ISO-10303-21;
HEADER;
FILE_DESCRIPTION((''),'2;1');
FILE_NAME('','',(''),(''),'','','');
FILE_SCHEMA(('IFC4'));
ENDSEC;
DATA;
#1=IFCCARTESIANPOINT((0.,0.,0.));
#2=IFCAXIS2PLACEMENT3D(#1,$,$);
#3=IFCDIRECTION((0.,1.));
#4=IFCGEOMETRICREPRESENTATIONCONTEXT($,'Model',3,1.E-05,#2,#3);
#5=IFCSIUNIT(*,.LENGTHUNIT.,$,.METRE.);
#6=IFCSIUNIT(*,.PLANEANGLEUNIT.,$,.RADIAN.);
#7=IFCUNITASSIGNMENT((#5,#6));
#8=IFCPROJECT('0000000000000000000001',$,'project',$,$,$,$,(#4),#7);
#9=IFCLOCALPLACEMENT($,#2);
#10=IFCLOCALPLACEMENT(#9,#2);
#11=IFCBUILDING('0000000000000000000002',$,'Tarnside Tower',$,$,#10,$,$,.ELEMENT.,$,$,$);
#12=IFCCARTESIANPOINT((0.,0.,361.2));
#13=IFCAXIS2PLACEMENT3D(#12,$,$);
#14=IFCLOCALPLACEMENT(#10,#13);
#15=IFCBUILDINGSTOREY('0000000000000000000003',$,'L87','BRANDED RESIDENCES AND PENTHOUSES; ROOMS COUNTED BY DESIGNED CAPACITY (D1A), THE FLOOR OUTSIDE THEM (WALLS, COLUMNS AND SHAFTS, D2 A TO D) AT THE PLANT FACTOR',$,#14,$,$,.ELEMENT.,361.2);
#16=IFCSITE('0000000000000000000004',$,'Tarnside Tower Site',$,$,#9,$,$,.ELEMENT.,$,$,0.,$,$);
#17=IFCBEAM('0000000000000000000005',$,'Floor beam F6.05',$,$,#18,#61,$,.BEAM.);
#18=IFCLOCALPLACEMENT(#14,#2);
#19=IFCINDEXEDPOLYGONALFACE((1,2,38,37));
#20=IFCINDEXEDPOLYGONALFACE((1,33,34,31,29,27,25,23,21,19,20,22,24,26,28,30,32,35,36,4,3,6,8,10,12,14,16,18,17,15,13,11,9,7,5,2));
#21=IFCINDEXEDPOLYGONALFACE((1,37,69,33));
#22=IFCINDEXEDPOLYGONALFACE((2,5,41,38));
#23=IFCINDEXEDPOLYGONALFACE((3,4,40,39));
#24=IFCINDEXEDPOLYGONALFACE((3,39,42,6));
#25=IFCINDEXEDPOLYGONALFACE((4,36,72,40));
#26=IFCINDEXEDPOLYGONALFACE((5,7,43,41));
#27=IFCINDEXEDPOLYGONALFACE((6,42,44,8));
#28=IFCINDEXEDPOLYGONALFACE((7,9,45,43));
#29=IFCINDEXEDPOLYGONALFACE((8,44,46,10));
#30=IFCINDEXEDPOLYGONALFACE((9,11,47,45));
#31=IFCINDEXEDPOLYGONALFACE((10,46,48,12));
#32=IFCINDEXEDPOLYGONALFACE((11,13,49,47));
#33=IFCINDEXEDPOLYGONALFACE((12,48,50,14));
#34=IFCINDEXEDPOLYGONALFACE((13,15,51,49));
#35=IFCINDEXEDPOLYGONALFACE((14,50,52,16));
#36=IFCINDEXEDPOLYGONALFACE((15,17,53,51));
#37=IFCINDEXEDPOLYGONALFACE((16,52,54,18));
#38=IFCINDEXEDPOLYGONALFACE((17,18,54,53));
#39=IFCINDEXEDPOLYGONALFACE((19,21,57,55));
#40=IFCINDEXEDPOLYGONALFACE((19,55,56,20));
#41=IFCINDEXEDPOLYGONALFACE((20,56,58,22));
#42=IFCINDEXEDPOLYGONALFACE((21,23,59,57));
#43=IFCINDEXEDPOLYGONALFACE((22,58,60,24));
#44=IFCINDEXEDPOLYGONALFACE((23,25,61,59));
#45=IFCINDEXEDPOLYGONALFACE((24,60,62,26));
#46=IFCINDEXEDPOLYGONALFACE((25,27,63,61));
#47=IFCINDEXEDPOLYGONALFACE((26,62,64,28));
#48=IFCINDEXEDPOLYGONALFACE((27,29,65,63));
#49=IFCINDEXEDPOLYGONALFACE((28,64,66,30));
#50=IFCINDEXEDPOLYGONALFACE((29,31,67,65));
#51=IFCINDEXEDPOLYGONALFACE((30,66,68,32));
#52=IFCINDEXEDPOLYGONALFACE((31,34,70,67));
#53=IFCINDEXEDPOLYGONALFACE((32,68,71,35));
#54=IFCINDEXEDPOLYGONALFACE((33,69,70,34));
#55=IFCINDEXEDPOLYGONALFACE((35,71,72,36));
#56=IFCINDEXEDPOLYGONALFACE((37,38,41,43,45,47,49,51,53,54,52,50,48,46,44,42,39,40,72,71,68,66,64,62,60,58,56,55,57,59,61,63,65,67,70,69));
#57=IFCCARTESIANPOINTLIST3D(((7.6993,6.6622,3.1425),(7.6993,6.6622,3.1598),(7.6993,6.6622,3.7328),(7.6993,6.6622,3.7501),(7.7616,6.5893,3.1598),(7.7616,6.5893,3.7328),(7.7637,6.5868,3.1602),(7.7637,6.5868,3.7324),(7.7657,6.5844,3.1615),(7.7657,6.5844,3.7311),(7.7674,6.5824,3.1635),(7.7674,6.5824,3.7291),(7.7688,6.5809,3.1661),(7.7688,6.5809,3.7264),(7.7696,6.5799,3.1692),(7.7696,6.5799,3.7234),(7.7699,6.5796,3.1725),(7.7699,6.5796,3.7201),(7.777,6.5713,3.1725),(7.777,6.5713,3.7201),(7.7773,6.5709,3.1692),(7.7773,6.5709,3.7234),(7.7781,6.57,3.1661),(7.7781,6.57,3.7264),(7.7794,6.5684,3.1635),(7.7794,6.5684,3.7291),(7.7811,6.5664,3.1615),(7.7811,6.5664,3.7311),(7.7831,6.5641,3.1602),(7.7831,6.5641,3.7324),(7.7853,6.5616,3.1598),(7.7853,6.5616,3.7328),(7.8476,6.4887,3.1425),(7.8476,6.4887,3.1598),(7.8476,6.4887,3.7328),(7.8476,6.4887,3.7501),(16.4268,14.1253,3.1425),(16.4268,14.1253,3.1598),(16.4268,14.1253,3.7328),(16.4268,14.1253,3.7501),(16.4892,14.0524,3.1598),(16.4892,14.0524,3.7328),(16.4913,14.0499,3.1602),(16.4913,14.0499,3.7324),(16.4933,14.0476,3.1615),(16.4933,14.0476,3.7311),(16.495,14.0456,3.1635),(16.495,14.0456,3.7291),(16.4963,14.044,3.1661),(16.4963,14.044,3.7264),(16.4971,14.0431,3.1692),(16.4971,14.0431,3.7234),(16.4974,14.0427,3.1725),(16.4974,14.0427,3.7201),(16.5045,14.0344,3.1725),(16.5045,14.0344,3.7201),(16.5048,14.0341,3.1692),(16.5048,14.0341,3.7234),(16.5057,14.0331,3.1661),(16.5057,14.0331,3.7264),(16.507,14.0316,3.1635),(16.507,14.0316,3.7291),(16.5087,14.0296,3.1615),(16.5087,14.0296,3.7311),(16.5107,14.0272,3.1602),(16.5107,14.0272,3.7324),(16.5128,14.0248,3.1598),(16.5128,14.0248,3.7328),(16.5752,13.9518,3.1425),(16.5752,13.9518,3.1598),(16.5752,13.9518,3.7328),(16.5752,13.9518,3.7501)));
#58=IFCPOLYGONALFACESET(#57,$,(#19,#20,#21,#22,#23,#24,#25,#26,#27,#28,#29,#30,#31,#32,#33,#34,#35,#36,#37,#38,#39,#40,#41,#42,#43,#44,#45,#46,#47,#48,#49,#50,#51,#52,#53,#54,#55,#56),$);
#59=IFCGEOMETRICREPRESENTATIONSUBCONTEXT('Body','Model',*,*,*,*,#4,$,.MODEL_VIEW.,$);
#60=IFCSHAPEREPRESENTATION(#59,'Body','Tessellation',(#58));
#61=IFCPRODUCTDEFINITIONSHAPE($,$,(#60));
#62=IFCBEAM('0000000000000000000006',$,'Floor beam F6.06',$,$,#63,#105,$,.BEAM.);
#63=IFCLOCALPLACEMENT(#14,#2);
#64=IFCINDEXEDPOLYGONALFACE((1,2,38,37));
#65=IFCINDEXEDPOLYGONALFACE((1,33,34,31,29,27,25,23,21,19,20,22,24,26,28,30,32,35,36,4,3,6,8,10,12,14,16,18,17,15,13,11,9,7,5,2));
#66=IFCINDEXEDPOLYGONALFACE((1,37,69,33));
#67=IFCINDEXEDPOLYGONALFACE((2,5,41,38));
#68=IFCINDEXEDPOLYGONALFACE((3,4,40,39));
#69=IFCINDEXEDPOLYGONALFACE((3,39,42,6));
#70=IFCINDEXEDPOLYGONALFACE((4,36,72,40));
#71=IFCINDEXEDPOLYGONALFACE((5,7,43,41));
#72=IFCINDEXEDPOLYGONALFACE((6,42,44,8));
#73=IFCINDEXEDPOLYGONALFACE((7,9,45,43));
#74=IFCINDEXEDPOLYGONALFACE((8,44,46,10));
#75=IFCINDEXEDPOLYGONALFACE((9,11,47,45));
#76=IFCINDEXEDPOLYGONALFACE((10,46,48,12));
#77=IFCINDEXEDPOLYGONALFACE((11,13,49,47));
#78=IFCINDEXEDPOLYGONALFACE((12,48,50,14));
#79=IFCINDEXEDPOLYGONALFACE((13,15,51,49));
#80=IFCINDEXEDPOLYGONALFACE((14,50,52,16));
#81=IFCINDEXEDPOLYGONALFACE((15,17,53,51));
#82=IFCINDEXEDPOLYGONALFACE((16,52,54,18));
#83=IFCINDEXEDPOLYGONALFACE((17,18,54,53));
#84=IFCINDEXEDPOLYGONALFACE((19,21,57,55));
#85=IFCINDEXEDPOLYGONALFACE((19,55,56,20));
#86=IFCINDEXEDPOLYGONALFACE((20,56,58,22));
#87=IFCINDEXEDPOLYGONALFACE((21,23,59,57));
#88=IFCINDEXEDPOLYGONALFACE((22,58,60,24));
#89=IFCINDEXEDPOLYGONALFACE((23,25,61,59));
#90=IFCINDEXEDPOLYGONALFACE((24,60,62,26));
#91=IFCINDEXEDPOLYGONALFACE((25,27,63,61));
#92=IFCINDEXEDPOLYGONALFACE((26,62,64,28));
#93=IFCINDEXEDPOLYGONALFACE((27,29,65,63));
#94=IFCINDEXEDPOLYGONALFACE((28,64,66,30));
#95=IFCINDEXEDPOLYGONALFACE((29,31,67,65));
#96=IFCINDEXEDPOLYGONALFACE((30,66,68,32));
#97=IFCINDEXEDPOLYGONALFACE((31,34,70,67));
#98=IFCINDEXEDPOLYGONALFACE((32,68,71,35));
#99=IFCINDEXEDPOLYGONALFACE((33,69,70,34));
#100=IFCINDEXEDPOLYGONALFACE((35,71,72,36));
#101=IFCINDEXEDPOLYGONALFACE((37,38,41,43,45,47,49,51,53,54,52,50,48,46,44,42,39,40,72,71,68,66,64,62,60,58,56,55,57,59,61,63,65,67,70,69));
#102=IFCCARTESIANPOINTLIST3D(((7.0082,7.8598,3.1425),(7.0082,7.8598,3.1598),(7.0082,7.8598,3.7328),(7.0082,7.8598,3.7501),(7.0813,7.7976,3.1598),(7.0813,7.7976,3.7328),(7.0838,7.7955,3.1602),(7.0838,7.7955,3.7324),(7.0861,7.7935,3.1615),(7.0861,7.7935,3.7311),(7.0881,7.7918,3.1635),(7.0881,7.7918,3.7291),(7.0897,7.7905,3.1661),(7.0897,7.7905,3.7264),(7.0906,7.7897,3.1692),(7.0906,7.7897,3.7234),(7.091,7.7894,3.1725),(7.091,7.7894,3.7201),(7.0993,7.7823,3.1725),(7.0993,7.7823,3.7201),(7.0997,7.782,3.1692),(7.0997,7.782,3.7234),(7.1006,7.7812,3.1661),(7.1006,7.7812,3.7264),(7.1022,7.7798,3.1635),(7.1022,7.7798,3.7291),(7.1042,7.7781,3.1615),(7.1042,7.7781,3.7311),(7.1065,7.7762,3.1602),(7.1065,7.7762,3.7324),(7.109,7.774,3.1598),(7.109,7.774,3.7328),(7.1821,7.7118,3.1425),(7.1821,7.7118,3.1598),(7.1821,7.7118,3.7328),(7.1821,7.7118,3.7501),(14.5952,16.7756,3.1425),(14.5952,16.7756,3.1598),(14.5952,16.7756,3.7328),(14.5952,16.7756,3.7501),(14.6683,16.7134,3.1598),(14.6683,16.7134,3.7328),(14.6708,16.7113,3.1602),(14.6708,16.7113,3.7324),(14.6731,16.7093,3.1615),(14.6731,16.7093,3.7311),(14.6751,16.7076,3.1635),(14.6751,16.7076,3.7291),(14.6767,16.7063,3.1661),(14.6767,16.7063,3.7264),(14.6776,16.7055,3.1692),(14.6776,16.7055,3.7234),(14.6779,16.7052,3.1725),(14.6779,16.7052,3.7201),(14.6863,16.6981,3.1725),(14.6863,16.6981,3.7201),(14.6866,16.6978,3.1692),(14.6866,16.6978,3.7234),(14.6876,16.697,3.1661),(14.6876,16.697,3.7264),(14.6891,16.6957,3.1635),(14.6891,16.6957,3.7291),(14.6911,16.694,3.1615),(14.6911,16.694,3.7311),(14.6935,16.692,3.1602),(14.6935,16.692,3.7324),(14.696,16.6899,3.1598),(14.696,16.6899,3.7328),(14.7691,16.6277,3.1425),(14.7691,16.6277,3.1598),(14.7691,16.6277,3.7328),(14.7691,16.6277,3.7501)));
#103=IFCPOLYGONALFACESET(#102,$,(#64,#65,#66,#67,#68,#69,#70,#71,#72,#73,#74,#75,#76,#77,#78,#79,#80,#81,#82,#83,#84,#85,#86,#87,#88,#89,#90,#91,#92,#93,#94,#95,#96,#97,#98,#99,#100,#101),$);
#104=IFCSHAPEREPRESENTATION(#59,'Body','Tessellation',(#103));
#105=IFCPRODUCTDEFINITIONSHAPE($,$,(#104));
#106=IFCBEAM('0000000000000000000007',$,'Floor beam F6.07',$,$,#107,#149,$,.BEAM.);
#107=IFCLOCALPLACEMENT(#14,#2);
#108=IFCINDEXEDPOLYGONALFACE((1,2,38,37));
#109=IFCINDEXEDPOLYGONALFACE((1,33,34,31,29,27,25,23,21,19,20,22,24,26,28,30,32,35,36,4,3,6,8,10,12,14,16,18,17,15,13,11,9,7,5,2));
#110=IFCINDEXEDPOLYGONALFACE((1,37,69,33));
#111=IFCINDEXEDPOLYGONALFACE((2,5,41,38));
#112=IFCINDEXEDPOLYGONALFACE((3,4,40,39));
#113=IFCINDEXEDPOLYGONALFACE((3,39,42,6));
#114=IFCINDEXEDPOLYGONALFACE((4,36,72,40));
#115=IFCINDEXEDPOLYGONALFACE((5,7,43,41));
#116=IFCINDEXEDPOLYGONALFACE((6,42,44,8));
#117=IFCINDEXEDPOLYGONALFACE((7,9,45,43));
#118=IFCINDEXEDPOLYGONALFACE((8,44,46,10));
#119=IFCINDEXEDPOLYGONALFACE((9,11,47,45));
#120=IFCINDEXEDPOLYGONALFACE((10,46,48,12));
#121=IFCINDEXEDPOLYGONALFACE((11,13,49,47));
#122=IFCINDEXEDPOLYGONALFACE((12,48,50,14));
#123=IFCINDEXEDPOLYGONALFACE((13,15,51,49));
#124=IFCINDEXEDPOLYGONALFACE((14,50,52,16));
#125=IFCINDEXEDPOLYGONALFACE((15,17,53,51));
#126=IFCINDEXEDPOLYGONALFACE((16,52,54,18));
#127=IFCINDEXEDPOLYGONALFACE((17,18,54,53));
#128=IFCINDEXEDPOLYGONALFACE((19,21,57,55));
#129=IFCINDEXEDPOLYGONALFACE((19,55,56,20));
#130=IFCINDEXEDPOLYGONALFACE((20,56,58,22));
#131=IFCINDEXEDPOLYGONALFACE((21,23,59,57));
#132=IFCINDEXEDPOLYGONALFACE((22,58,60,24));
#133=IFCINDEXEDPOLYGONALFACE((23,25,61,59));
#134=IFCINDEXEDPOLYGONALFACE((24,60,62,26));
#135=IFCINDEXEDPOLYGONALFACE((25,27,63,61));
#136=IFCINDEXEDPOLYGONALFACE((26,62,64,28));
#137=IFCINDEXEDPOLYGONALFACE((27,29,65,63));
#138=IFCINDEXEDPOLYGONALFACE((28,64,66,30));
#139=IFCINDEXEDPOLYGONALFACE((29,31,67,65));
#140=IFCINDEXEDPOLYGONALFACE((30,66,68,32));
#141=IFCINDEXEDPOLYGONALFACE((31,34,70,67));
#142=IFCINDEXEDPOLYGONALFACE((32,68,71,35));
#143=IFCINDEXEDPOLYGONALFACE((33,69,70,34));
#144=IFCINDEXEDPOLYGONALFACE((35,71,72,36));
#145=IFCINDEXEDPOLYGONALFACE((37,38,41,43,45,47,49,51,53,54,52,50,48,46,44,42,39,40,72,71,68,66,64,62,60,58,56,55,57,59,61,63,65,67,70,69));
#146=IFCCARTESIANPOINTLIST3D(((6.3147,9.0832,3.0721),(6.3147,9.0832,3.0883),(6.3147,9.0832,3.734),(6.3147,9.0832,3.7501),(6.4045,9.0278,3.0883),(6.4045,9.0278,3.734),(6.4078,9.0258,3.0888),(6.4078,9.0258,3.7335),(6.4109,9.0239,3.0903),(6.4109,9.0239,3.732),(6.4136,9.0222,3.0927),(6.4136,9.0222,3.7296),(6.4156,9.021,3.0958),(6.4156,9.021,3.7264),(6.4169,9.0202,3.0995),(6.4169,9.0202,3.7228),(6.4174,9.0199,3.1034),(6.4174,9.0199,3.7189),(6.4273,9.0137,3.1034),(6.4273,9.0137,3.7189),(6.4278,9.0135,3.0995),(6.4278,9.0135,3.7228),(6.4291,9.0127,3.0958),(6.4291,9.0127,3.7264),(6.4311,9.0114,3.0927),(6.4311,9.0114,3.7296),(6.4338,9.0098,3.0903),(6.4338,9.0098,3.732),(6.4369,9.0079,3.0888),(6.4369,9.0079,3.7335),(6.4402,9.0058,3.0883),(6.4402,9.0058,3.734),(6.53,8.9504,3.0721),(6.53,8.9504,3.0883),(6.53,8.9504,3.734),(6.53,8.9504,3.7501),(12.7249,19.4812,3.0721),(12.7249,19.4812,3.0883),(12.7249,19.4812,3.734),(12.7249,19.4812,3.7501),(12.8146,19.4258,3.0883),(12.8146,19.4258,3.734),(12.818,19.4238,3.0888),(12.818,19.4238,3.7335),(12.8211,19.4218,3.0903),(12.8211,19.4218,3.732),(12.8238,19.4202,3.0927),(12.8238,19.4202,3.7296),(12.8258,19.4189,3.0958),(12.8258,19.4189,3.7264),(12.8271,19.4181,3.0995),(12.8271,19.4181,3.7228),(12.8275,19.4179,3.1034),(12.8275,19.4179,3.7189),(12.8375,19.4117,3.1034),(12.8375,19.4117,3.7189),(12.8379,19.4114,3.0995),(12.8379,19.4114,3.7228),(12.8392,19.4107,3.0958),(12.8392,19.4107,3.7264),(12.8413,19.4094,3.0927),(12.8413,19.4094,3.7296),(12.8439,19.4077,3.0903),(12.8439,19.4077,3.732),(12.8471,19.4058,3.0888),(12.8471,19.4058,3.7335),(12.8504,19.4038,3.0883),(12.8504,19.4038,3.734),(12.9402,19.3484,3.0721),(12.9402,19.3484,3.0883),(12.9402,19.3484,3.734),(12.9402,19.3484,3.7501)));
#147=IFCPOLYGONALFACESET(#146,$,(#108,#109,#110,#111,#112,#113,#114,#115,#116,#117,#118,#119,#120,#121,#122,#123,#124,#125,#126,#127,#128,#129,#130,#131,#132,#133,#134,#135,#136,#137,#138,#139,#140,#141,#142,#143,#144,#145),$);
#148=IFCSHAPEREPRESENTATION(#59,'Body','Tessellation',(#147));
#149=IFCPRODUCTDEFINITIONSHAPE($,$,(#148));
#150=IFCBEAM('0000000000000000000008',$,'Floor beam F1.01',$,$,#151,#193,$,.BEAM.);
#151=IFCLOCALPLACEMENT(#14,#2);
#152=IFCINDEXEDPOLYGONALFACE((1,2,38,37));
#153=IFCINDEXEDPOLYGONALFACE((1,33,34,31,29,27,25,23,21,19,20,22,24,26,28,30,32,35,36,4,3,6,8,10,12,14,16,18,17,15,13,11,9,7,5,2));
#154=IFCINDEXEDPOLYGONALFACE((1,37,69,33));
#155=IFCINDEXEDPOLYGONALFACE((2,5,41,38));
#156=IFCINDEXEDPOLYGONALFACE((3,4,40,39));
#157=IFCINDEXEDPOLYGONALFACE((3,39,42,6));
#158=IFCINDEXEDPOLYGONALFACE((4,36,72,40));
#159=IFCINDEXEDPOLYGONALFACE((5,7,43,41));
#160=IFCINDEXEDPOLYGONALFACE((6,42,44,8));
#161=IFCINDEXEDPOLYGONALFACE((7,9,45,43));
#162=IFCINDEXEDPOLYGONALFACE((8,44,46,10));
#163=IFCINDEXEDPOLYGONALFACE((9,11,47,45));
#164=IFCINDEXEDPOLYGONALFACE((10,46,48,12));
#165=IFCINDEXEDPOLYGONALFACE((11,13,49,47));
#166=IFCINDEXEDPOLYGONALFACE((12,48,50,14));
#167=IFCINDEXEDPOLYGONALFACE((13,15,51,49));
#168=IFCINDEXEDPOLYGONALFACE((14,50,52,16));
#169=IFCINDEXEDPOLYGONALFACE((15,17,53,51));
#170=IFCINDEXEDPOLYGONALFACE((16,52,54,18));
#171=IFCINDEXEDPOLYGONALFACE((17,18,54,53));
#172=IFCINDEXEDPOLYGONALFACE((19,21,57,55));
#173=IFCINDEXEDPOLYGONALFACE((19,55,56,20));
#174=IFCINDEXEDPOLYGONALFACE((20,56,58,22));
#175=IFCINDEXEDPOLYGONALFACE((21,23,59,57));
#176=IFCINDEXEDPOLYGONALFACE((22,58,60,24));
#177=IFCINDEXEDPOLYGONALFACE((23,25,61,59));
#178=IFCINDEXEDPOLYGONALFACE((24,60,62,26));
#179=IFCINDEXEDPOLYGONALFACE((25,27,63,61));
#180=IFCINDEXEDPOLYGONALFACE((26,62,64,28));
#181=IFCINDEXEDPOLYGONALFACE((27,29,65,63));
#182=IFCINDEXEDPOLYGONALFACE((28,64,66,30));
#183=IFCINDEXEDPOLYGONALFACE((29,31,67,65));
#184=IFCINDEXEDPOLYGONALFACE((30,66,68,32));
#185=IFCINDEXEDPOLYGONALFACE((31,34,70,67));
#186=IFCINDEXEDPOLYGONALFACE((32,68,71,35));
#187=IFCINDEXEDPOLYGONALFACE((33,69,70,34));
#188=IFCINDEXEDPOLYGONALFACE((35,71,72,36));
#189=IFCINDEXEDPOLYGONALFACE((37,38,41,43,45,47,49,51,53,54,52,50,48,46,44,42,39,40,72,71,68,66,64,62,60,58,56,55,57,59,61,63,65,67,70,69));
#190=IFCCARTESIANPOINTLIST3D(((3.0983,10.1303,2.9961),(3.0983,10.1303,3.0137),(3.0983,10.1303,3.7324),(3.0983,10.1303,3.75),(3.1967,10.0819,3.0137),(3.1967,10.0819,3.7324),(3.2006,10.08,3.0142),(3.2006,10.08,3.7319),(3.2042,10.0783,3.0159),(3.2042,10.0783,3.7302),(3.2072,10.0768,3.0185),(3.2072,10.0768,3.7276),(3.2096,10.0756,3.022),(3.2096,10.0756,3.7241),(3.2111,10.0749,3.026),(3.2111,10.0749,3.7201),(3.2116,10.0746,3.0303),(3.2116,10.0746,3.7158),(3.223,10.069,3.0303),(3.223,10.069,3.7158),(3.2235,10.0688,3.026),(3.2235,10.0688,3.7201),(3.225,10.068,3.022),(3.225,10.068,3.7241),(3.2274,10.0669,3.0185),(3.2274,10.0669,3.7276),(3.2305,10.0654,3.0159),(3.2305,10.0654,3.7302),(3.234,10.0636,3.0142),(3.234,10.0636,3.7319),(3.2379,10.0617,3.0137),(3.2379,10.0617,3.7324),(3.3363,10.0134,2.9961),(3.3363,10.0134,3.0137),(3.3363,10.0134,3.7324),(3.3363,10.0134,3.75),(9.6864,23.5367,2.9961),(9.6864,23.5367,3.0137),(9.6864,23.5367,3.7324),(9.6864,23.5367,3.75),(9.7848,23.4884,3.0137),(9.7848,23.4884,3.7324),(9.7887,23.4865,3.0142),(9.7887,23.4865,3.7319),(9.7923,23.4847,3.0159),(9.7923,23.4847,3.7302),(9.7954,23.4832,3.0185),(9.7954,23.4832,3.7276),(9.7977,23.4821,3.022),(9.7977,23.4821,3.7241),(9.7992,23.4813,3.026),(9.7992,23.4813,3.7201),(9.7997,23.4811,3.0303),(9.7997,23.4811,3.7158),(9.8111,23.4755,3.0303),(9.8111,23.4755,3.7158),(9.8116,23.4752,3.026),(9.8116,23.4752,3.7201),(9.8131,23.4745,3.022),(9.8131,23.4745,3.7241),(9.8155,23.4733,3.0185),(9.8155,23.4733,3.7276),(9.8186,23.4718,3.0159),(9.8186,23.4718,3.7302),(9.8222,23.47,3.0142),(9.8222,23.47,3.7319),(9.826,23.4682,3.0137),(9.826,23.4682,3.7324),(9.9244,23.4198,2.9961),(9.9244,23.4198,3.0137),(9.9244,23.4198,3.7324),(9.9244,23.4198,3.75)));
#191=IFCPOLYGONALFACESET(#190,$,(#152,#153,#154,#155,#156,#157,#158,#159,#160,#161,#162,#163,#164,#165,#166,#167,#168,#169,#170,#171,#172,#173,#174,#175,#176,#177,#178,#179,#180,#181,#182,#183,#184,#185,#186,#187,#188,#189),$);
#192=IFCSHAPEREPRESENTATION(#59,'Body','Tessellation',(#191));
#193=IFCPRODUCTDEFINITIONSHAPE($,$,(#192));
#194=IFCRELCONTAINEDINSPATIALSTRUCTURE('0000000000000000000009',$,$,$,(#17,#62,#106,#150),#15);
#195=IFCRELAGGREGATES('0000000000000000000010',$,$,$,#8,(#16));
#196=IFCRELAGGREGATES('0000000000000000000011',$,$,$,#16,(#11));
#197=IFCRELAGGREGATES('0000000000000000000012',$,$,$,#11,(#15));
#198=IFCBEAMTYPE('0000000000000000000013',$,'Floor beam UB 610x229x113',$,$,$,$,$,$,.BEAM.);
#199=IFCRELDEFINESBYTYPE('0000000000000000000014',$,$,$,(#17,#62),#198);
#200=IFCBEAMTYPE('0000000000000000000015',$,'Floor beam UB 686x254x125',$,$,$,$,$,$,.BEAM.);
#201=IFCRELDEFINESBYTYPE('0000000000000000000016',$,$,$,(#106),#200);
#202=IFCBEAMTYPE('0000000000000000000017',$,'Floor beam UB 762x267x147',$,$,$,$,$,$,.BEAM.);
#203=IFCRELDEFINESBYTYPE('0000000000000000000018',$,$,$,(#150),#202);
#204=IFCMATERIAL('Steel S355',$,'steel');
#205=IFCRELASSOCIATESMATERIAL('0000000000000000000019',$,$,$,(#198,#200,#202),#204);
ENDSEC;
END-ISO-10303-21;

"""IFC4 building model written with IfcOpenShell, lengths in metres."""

from ifc_helpers import new_model, si_unit, direction, frame, origin, origin_2d, place, context, subcontext, project, spatial, i_section, extrude, material, material_profile, profile_set, type_object, element, save


model = new_model("IFC4")

# Units and contexts
model_context = context("Model", 3, precision=1e-05, world=origin(), true_north=direction((0.0, 1.0)))
body_context = subcontext(model_context, "Body", "Model", "MODEL_VIEW")
ifc_project = project(units=[si_unit("LENGTHUNIT", "METRE"), si_unit("PLANEANGLEUNIT", "RADIAN")], contexts=[model_context])

# Site, building, storey
site_placement = place(None, origin())
site = spatial("IfcSite", under=ifc_project, at=site_placement, Name="Tarnside Tower Site", CompositionType="ELEMENT", RefElevation=0.0)
building_placement = place(site_placement, origin())
building = spatial("IfcBuilding", under=site, at=building_placement, Name="Tarnside Tower", CompositionType="ELEMENT")
storey_placement = place(building_placement, frame((0.0, 0.0, 361.2)))
storey = spatial("IfcBuildingStorey", under=building, at=storey_placement, Name="L87", Description="BRANDED RESIDENCES AND PENTHOUSES; ROOMS COUNTED BY DESIGNED CAPACITY (D1A), THE FLOOR OUTSIDE THEM (WALLS, COLUMNS AND SHAFTS, D2 A TO D) AT THE PLANT FACTOR", CompositionType="ELEMENT", Elevation=361.2)

# Beams
ifc_material_1 = material(Name="Steel S355", Category="steel")
ifc_material_profile_1 = material_profile(ifc_material_1, i_section(OverallWidth=0.2283, OverallDepth=0.6077, WebThickness=0.011, FlangeThickness=0.0173, FilletRadius=0.0127, at=origin_2d()), Name="UB 610x229x113")
ifc_profile_set_1 = profile_set([ifc_material_profile_1], Name="Steel S355")
beam_type_1 = type_object("IfcBeamType", Name="Floor beam UB 610x229x113", PredefinedType="BEAM", material=ifc_profile_set_1)
beam_1_placement = place(storey_placement, frame((16.501, 14.0386, 3.4463), z_axis=(-0.760014, -0.649907, 0.0), x_axis=(0.649907, -0.760014, 0.0)))
element("IfcBeam", 1, at=beam_1_placement, inside=storey, type_object=beam_type_1, Name="Floor beam F6.05", PredefinedType="BEAM", context=body_context, shape_type="SweptSolid", body=[
    extrude(i_section(OverallWidth=0.2283, OverallDepth=0.6077, WebThickness=0.011, FlangeThickness=0.0173, FilletRadius=0.0127, at=origin_2d()), origin(), (0.0, 0.0, 1.0), 11.4834),
])
beam_2_placement = place(storey_placement, frame((14.6821, 16.7017, 3.4463), z_axis=(-0.64807, -0.761581, 0.0), x_axis=(0.761581, -0.64807, 0.0)))
element("IfcBeam", 2, at=beam_2_placement, inside=storey, type_object=beam_type_1, Name="Floor beam F6.06", PredefinedType="BEAM", context=body_context, shape_type="SweptSolid", body=[
    extrude(i_section(OverallWidth=0.2283, OverallDepth=0.6077, WebThickness=0.011, FlangeThickness=0.0173, FilletRadius=0.0127, at=origin_2d()), origin(), (0.0, 0.0, 1.0), 11.707),
])
ifc_material_profile_2 = material_profile(ifc_material_1, i_section(OverallWidth=0.2529, OverallDepth=0.678, WebThickness=0.0117, FlangeThickness=0.0161, FilletRadius=0.0151, at=origin_2d()), Name="UB 686x254x125")
ifc_profile_set_2 = profile_set([ifc_material_profile_2], Name="Steel S355")
beam_type_2 = type_object("IfcBeamType", Name="Floor beam UB 686x254x125", PredefinedType="BEAM", material=ifc_profile_set_2)
beam_3_placement = place(storey_placement, frame((12.8325, 19.4148, 3.4111), z_axis=(-0.524775, -0.851241, 0.0), x_axis=(0.851241, -0.524775, 0.0)))
element("IfcBeam", 3, at=beam_3_placement, inside=storey, type_object=beam_type_2, Name="Floor beam F6.07", PredefinedType="BEAM", context=body_context, shape_type="SweptSolid", body=[
    extrude(i_section(OverallWidth=0.2529, OverallDepth=0.678, WebThickness=0.0117, FlangeThickness=0.0161, FilletRadius=0.0151, at=origin_2d()), origin(), (0.0, 0.0, 1.0), 12.2151),
])
ifc_material_profile_3 = material_profile(ifc_material_1, i_section(OverallWidth=0.2651, OverallDepth=0.7539, WebThickness=0.0127, FlangeThickness=0.0176, FilletRadius=0.0166, at=origin_2d()), Name="UB 762x267x147")
ifc_profile_set_3 = profile_set([ifc_material_profile_3], Name="Steel S355")
beam_type_3 = type_object("IfcBeamType", Name="Floor beam UB 762x267x147", PredefinedType="BEAM", material=ifc_profile_set_3)
beam_4_placement = place(storey_placement, frame((9.8054, 23.4783, 3.373), z_axis=(-0.441038, -0.897488, 0.0), x_axis=(0.897488, -0.441038, 0.0)))
element("IfcBeam", 4, at=beam_4_placement, inside=storey, type_object=beam_type_3, Name="Floor beam F1.01", PredefinedType="BEAM", context=body_context, shape_type="SweptSolid", body=[
    extrude(i_section(OverallWidth=0.2651, OverallDepth=0.7539, WebThickness=0.0127, FlangeThickness=0.0176, FilletRadius=0.0166, at=origin_2d()), origin(), (0.0, 0.0, 1.0), 14.9377),
])

save(model, "model.ifc")
